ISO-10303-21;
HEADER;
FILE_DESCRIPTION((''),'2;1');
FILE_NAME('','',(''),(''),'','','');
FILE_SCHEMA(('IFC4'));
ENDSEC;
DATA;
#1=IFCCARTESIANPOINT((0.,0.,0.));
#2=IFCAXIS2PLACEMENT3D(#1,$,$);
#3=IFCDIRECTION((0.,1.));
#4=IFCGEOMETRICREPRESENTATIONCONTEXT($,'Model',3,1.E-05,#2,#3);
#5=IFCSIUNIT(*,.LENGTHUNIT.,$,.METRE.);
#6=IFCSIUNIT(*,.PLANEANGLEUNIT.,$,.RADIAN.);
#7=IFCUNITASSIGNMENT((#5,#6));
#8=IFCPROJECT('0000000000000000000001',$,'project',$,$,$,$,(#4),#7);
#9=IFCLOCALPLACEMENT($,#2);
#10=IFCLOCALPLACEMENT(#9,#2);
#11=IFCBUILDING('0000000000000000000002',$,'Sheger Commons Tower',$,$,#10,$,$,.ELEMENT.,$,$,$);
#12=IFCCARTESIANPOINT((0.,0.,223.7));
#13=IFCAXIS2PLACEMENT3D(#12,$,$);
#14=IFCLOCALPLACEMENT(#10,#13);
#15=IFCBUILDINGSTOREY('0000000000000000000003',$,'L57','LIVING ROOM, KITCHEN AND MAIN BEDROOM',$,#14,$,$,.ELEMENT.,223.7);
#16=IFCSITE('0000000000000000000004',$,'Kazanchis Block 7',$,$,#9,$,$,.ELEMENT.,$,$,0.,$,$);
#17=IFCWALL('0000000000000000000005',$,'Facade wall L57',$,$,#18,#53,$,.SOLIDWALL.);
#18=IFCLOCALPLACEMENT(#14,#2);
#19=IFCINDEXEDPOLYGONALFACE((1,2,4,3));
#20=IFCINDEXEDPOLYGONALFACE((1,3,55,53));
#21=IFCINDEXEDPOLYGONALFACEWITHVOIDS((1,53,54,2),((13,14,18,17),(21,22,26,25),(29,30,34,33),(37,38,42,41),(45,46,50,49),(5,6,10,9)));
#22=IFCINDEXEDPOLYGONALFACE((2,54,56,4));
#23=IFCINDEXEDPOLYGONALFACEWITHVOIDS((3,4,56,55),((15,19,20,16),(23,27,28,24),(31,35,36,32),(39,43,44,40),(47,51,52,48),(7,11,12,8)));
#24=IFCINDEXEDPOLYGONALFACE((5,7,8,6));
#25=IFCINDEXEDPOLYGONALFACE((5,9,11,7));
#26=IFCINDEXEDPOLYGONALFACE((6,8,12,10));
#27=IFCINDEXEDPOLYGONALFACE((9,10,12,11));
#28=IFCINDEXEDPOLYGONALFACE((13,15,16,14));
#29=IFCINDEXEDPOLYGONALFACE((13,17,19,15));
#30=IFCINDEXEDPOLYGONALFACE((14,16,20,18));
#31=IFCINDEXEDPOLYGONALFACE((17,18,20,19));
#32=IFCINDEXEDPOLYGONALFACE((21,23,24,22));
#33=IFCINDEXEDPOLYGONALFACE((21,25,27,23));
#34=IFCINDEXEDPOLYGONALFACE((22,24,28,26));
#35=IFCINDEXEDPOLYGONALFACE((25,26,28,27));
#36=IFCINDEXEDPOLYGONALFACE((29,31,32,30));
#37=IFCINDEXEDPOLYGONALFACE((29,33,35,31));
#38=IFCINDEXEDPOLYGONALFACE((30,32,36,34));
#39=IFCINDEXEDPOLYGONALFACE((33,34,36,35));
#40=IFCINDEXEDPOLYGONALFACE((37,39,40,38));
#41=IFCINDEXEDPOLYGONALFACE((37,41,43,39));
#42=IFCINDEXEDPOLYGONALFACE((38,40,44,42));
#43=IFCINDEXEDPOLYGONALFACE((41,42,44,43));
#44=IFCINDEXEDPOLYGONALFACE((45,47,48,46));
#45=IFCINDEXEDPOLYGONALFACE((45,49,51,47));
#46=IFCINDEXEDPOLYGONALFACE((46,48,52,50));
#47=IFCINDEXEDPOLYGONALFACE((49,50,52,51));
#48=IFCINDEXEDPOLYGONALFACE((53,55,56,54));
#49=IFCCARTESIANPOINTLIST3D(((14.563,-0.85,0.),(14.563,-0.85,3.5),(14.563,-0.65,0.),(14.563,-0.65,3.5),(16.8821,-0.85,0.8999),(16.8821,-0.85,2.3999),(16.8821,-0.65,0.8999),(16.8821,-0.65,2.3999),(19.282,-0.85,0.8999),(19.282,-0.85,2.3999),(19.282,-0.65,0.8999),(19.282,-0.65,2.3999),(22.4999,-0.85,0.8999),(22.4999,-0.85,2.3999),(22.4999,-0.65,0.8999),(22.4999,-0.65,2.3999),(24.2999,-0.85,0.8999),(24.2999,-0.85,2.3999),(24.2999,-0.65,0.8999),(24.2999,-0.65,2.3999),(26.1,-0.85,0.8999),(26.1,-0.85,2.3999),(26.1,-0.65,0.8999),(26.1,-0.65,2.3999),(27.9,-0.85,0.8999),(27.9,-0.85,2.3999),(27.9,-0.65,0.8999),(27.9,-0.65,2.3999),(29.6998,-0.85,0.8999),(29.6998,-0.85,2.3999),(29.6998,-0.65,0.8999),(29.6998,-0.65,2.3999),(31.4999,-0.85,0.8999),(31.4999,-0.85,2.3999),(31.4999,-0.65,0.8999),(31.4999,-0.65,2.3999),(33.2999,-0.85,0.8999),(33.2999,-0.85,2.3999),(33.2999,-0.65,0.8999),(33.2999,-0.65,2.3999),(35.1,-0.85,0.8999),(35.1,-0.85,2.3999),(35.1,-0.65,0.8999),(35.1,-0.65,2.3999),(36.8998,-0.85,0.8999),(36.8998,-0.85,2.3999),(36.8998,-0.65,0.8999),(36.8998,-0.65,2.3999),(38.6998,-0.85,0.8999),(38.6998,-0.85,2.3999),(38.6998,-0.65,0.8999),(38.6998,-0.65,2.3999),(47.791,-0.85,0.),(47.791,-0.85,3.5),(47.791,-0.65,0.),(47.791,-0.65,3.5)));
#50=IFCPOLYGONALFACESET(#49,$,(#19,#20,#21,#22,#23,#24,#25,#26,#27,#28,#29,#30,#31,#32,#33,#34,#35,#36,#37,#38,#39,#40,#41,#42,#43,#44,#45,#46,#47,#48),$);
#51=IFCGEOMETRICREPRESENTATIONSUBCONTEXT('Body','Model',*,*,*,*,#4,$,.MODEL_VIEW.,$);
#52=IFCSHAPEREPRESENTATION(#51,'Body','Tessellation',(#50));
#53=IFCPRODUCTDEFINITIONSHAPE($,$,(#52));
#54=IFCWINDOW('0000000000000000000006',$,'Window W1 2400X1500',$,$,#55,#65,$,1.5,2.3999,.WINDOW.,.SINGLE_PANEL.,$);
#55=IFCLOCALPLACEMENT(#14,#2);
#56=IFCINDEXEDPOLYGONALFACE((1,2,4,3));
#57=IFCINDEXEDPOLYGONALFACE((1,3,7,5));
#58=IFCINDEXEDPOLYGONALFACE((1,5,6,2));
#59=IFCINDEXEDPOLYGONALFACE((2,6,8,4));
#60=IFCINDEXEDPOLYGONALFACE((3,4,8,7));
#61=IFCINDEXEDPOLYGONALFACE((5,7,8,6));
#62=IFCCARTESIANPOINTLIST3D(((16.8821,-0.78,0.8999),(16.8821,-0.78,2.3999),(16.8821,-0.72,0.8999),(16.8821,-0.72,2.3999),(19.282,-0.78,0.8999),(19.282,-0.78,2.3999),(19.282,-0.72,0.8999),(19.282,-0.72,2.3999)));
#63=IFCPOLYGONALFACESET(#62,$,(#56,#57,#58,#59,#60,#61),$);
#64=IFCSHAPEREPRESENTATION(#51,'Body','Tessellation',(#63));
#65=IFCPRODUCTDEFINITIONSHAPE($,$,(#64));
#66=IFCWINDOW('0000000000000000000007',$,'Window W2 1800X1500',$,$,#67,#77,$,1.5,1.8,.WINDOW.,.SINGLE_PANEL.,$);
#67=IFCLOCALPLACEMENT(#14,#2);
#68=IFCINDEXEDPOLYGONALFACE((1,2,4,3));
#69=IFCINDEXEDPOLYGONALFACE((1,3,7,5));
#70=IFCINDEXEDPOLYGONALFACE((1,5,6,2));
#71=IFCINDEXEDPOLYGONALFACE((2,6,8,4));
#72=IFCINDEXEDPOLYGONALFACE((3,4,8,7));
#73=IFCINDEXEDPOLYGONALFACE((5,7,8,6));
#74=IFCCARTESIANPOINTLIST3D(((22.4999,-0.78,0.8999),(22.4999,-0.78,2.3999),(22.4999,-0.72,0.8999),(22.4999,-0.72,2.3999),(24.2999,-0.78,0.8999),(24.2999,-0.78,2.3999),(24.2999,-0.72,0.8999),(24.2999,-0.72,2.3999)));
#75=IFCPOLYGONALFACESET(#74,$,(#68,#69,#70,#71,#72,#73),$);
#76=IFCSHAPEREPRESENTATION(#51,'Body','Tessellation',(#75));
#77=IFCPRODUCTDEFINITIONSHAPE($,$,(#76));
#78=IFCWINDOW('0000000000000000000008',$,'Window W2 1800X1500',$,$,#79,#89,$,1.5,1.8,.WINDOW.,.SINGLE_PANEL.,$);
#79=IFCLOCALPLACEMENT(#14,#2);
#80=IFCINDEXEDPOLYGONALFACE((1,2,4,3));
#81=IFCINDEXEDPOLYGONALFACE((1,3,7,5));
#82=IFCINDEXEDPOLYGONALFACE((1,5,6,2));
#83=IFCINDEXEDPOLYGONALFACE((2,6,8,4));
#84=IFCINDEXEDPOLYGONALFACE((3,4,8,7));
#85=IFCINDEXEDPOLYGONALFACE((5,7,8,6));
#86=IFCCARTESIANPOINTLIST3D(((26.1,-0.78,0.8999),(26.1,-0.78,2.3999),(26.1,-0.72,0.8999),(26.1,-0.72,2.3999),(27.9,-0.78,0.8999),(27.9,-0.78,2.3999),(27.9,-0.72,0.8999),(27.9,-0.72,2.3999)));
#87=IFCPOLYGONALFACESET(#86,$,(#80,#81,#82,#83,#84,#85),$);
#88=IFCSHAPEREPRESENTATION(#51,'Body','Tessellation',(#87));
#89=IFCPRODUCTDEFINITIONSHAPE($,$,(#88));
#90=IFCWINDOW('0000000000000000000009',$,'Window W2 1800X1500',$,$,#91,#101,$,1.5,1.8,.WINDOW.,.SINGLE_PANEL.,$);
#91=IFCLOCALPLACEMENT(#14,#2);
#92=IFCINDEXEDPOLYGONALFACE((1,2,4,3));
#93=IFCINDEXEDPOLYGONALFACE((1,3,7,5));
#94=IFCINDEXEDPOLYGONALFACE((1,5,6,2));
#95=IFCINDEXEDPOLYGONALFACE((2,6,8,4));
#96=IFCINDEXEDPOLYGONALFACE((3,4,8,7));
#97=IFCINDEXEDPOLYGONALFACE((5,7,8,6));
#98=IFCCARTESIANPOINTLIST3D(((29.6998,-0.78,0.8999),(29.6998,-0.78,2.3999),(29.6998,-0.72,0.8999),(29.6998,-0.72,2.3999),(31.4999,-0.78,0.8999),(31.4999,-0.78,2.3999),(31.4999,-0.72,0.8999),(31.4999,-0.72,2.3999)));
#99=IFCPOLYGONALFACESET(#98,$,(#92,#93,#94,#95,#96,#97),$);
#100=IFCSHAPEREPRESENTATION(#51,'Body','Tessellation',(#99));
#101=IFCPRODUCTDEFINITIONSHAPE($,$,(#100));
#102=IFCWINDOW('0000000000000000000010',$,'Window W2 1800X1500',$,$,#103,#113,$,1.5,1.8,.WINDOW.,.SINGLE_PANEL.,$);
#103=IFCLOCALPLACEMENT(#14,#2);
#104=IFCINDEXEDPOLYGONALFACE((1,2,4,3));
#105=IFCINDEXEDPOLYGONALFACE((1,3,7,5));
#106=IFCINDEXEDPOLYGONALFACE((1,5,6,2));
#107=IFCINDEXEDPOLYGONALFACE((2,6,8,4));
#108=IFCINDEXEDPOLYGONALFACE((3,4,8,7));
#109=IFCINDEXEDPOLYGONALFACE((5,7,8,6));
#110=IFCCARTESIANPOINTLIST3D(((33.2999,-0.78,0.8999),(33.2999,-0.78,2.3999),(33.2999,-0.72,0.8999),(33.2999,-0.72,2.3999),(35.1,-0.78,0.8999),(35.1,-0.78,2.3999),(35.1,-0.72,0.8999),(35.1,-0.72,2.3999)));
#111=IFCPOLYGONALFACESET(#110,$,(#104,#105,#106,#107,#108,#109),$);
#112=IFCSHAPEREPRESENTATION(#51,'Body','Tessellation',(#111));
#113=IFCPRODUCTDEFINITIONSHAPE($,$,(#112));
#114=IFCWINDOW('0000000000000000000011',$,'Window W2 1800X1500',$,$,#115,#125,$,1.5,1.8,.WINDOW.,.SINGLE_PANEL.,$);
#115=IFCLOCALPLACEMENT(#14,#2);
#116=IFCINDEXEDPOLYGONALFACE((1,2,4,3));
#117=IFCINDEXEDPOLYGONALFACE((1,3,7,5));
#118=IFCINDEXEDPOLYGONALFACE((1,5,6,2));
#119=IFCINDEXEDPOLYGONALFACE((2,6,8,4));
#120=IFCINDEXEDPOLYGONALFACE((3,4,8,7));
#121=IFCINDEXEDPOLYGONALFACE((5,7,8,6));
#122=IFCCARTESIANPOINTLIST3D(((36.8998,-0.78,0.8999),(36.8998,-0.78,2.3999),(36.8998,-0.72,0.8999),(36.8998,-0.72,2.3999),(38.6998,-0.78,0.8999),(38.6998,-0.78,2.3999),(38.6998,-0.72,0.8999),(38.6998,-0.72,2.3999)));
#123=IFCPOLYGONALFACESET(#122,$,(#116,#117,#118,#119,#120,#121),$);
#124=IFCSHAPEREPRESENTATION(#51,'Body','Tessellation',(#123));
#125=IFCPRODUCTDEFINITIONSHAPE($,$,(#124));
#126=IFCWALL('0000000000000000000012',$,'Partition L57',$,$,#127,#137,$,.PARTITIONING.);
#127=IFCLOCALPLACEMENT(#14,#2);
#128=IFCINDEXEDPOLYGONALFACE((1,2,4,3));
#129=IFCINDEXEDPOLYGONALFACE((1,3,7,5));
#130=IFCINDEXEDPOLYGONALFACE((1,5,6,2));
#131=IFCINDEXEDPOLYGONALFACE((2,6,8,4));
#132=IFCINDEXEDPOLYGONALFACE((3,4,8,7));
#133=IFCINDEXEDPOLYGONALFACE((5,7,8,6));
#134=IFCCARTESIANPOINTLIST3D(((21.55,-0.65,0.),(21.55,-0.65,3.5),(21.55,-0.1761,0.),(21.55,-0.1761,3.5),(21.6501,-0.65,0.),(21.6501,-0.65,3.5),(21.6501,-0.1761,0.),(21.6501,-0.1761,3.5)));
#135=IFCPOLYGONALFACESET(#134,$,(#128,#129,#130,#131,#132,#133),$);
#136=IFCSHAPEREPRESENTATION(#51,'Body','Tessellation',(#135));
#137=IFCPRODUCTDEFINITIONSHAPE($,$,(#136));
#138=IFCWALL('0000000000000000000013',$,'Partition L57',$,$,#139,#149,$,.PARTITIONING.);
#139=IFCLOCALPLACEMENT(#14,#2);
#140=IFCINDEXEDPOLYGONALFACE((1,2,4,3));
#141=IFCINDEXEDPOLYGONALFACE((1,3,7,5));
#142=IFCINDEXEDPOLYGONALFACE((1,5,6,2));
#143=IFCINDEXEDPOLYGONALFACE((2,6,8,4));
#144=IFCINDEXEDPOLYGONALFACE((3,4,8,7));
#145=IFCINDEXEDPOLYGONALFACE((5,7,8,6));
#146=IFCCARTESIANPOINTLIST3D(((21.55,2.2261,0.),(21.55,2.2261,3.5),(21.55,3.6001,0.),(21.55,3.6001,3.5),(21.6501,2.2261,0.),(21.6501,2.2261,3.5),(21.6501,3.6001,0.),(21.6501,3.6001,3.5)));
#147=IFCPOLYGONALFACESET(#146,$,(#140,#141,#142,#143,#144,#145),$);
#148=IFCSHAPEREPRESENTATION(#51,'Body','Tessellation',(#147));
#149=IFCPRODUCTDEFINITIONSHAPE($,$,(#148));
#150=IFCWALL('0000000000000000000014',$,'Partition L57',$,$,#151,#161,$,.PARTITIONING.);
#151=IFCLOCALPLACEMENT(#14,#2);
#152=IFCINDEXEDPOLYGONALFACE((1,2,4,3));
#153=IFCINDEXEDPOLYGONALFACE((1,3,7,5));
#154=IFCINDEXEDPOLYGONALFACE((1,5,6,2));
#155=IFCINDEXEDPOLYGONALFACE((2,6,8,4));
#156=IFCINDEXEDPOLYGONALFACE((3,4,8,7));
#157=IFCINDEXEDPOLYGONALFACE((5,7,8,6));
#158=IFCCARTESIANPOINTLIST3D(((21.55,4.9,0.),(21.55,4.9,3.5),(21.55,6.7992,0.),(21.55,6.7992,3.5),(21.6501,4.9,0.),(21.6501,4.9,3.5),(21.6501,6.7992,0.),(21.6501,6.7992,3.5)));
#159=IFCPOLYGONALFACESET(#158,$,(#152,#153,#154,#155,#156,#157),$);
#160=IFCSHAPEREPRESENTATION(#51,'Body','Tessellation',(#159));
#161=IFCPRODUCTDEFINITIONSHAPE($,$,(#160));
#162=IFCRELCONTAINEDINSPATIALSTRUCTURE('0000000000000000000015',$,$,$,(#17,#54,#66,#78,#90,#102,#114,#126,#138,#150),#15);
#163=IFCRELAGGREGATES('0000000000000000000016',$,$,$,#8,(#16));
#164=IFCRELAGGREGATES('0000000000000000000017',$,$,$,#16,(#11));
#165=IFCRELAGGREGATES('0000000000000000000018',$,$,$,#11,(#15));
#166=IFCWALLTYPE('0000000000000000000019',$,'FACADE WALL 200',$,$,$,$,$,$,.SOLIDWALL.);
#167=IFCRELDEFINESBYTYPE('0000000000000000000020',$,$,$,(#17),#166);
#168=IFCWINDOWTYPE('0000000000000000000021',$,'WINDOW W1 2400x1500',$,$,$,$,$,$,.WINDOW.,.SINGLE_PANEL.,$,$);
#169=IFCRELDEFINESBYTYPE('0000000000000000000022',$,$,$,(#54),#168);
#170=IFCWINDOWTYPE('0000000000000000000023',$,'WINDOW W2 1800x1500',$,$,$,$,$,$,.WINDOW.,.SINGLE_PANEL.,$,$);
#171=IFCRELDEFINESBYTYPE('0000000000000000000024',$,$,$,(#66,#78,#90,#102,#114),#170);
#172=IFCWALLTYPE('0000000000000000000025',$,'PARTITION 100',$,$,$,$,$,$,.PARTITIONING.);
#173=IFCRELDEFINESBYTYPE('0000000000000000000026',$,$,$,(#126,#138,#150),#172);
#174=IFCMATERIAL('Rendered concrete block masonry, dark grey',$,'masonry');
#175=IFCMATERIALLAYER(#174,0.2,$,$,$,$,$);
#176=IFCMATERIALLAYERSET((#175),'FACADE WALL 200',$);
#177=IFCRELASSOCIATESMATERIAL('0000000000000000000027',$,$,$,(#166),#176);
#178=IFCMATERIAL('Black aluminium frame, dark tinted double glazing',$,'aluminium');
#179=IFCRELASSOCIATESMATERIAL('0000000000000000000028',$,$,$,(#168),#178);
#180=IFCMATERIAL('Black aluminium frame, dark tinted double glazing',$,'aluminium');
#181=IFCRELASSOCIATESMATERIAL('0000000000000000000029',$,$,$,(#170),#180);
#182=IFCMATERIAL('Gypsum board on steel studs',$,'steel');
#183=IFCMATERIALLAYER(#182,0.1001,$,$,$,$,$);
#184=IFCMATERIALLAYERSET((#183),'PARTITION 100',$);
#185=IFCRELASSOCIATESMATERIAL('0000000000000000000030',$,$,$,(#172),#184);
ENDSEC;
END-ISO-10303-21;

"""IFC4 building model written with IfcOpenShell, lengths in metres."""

from ifc_helpers import new_model, si_unit, direction, frame, frame_2d, origin, place, context, subcontext, project, spatial, rectangle, extrude, material, layer, layer_set, type_object, element, fill, save


model = new_model("IFC4")

# Units and contexts
model_context = context("Model", 3, precision=1e-05, world=origin(), true_north=direction((0.0, 1.0)))
body_context = subcontext(model_context, "Body", "Model", "MODEL_VIEW")
ifc_project = project(units=[si_unit("LENGTHUNIT", "METRE"), si_unit("PLANEANGLEUNIT", "RADIAN")], contexts=[model_context])

# Site, building, storey
site_placement = place(None, origin())
site = spatial("IfcSite", under=ifc_project, at=site_placement, Name="Kazanchis Block 7", CompositionType="ELEMENT", RefElevation=0.0)
building_placement = place(site_placement, origin())
building = spatial("IfcBuilding", under=site, at=building_placement, Name="Sheger Commons Tower", CompositionType="ELEMENT")
storey_placement = place(building_placement, frame((0.0, 0.0, 223.7)))
storey = spatial("IfcBuildingStorey", under=building, at=storey_placement, Name="L57", Description="LIVING ROOM, KITCHEN AND MAIN BEDROOM", CompositionType="ELEMENT", Elevation=223.7)

# Wall, openings, windows
ifc_material_1 = material(Name="Rendered concrete block masonry, dark grey", Category="masonry")
ifc_layer_1 = layer(ifc_material_1, 0.2)
ifc_layer_set_1 = layer_set([ifc_layer_1], Name="FACADE WALL 200")
wall_type_1 = type_object("IfcWallType", Name="FACADE WALL 200", PredefinedType="SOLIDWALL", material=ifc_layer_set_1)
wall_1_placement = place(storey_placement, frame((14.563, -0.75, 0.0), z_axis=(0.0, 0.0, 1.0), x_axis=(1.0, 0.0, 0.0)))
wall_1 = element("IfcWall", 1, at=wall_1_placement, inside=storey, type_object=wall_type_1, Name="Facade wall L57", PredefinedType="SOLIDWALL", context=body_context, shape_type="SweptSolid", body=[
    extrude(rectangle(XDim=33.228, YDim=0.2, at=frame_2d((16.614, 0.0))), origin(), (0.0, 0.0, 1.0), 3.5),
])
opening_1_placement = place(wall_1_placement, frame((2.3191, 0.0, 0.8999)))
opening_1 = element("IfcOpeningElement", 2, at=opening_1_placement, cuts=wall_1, PredefinedType="OPENING", context=body_context, shape_type="SweptSolid", body=[
    extrude(rectangle(XDim=2.3999, YDim=1.5, at=frame_2d((1.2, 0.75))), frame((0.0, 0.1099, 0.0), z_axis=(0.0, -1.0, 0.0), x_axis=(1.0, 0.0, 0.0)), (0.0, 0.0, 1.0), 0.22),
])
opening_2_placement = place(wall_1_placement, frame((7.937, 0.0, 0.8999)))
opening_2 = element("IfcOpeningElement", 3, at=opening_2_placement, cuts=wall_1, PredefinedType="OPENING", context=body_context, shape_type="SweptSolid", body=[
    extrude(rectangle(XDim=1.8, YDim=1.5, at=frame_2d((0.8999, 0.75))), frame((0.0, 0.1099, 0.0), z_axis=(0.0, -1.0, 0.0), x_axis=(1.0, 0.0, 0.0)), (0.0, 0.0, 1.0), 0.22),
])
opening_3_placement = place(wall_1_placement, frame((11.5371, 0.0, 0.8999)))
opening_3 = element("IfcOpeningElement", 4, at=opening_3_placement, cuts=wall_1, PredefinedType="OPENING", context=body_context, shape_type="SweptSolid", body=[
    extrude(rectangle(XDim=1.8, YDim=1.5, at=frame_2d((0.8999, 0.75))), frame((0.0, 0.1099, 0.0), z_axis=(0.0, -1.0, 0.0), x_axis=(1.0, 0.0, 0.0)), (0.0, 0.0, 1.0), 0.22),
])
opening_4_placement = place(wall_1_placement, frame((15.137, 0.0, 0.8999)))
opening_4 = element("IfcOpeningElement", 5, at=opening_4_placement, cuts=wall_1, PredefinedType="OPENING", context=body_context, shape_type="SweptSolid", body=[
    extrude(rectangle(XDim=1.8, YDim=1.5, at=frame_2d((0.8999, 0.75))), frame((0.0, 0.1099, 0.0), z_axis=(0.0, -1.0, 0.0), x_axis=(1.0, 0.0, 0.0)), (0.0, 0.0, 1.0), 0.22),
])
opening_5_placement = place(wall_1_placement, frame((18.7371, 0.0, 0.8999)))
opening_5 = element("IfcOpeningElement", 6, at=opening_5_placement, cuts=wall_1, PredefinedType="OPENING", context=body_context, shape_type="SweptSolid", body=[
    extrude(rectangle(XDim=1.8, YDim=1.5, at=frame_2d((0.8999, 0.75))), frame((0.0, 0.1099, 0.0), z_axis=(0.0, -1.0, 0.0), x_axis=(1.0, 0.0, 0.0)), (0.0, 0.0, 1.0), 0.22),
])
opening_6_placement = place(wall_1_placement, frame((22.3369, 0.0, 0.8999)))
opening_6 = element("IfcOpeningElement", 7, at=opening_6_placement, cuts=wall_1, PredefinedType="OPENING", context=body_context, shape_type="SweptSolid", body=[
    extrude(rectangle(XDim=1.8, YDim=1.5, at=frame_2d((0.8999, 0.75))), frame((0.0, 0.1099, 0.0), z_axis=(0.0, -1.0, 0.0), x_axis=(1.0, 0.0, 0.0)), (0.0, 0.0, 1.0), 0.22),
])
ifc_material_2 = material(Name="Black aluminium frame, dark tinted double glazing", Category="aluminium")
window_type_1 = type_object("IfcWindowType", Name="WINDOW W1 2400x1500", PartitioningType="SINGLE_PANEL", PredefinedType="WINDOW", material=ifc_material_2)
window_1_placement = place(opening_1_placement, origin())
window_1 = element("IfcWindow", 8, at=window_1_placement, inside=storey, type_object=window_type_1, Name="Window W1 2400X1500", OverallHeight=1.5, OverallWidth=2.3999, PartitioningType="SINGLE_PANEL", PredefinedType="WINDOW", context=body_context, shape_type="SweptSolid", body=[
    extrude(rectangle(XDim=2.3999, YDim=1.5, at=frame_2d((1.2, 0.75))), frame((0.0, 0.03, 0.0), z_axis=(0.0, -1.0, 0.0), x_axis=(1.0, 0.0, 0.0)), (0.0, 0.0, 1.0), 0.0601),
])
fill(opening_1, window_1)
ifc_material_3 = material(Name="Black aluminium frame, dark tinted double glazing", Category="aluminium")
window_type_2 = type_object("IfcWindowType", Name="WINDOW W2 1800x1500", PartitioningType="SINGLE_PANEL", PredefinedType="WINDOW", material=ifc_material_3)
window_2_placement = place(opening_2_placement, origin())
window_2 = element("IfcWindow", 9, at=window_2_placement, inside=storey, type_object=window_type_2, Name="Window W2 1800X1500", OverallHeight=1.5, OverallWidth=1.8, PartitioningType="SINGLE_PANEL", PredefinedType="WINDOW", context=body_context, shape_type="SweptSolid", body=[
    extrude(rectangle(XDim=1.8, YDim=1.5, at=frame_2d((0.8999, 0.75))), frame((0.0, 0.03, 0.0), z_axis=(0.0, -1.0, 0.0), x_axis=(1.0, 0.0, 0.0)), (0.0, 0.0, 1.0), 0.0601),
])
fill(opening_2, window_2)
window_3_placement = place(opening_3_placement, origin())
window_3 = element("IfcWindow", 10, at=window_3_placement, inside=storey, type_object=window_type_2, Name="Window W2 1800X1500", OverallHeight=1.5, OverallWidth=1.8, PartitioningType="SINGLE_PANEL", PredefinedType="WINDOW", context=body_context, shape_type="SweptSolid", body=[
    extrude(rectangle(XDim=1.8, YDim=1.5, at=frame_2d((0.8999, 0.75))), frame((0.0, 0.03, 0.0), z_axis=(0.0, -1.0, 0.0), x_axis=(1.0, 0.0, 0.0)), (0.0, 0.0, 1.0), 0.0601),
])
fill(opening_3, window_3)
window_4_placement = place(opening_4_placement, origin())
window_4 = element("IfcWindow", 11, at=window_4_placement, inside=storey, type_object=window_type_2, Name="Window W2 1800X1500", OverallHeight=1.5, OverallWidth=1.8, PartitioningType="SINGLE_PANEL", PredefinedType="WINDOW", context=body_context, shape_type="SweptSolid", body=[
    extrude(rectangle(XDim=1.8, YDim=1.5, at=frame_2d((0.8999, 0.75))), frame((0.0, 0.03, 0.0), z_axis=(0.0, -1.0, 0.0), x_axis=(1.0, 0.0, 0.0)), (0.0, 0.0, 1.0), 0.0601),
])
fill(opening_4, window_4)
window_5_placement = place(opening_5_placement, origin())
window_5 = element("IfcWindow", 12, at=window_5_placement, inside=storey, type_object=window_type_2, Name="Window W2 1800X1500", OverallHeight=1.5, OverallWidth=1.8, PartitioningType="SINGLE_PANEL", PredefinedType="WINDOW", context=body_context, shape_type="SweptSolid", body=[
    extrude(rectangle(XDim=1.8, YDim=1.5, at=frame_2d((0.8999, 0.75))), frame((0.0, 0.03, 0.0), z_axis=(0.0, -1.0, 0.0), x_axis=(1.0, 0.0, 0.0)), (0.0, 0.0, 1.0), 0.0601),
])
fill(opening_5, window_5)
window_6_placement = place(opening_6_placement, origin())
window_6 = element("IfcWindow", 13, at=window_6_placement, inside=storey, type_object=window_type_2, Name="Window W2 1800X1500", OverallHeight=1.5, OverallWidth=1.8, PartitioningType="SINGLE_PANEL", PredefinedType="WINDOW", context=body_context, shape_type="SweptSolid", body=[
    extrude(rectangle(XDim=1.8, YDim=1.5, at=frame_2d((0.8999, 0.75))), frame((0.0, 0.03, 0.0), z_axis=(0.0, -1.0, 0.0), x_axis=(1.0, 0.0, 0.0)), (0.0, 0.0, 1.0), 0.0601),
])
fill(opening_6, window_6)

# Walls
ifc_material_4 = material(Name="Gypsum board on steel studs", Category="steel")
ifc_layer_2 = layer(ifc_material_4, 0.1001)
ifc_layer_set_2 = layer_set([ifc_layer_2], Name="PARTITION 100")
wall_type_2 = type_object("IfcWallType", Name="PARTITION 100", PredefinedType="PARTITIONING", material=ifc_layer_set_2)
wall_2_placement = place(storey_placement, frame((21.6001, -0.6499, 0.0), z_axis=(0.0, 0.0, 1.0), x_axis=(0.0, 1.0, 0.0)))
element("IfcWall", 14, at=wall_2_placement, inside=storey, type_object=wall_type_2, Name="Partition L57", PredefinedType="PARTITIONING", context=body_context, shape_type="SweptSolid", body=[
    extrude(rectangle(XDim=0.4739, YDim=0.1001, at=frame_2d((0.2368, 0.0))), origin(), (0.0, 0.0, 1.0), 3.5),
])
wall_3_placement = place(storey_placement, frame((21.6001, 2.2261, 0.0), z_axis=(0.0, 0.0, 1.0), x_axis=(0.0, 1.0, 0.0)))
element("IfcWall", 15, at=wall_3_placement, inside=storey, type_object=wall_type_2, Name="Partition L57", PredefinedType="PARTITIONING", context=body_context, shape_type="SweptSolid", body=[
    extrude(rectangle(XDim=1.374, YDim=0.1001, at=frame_2d((0.687, 0.0))), origin(), (0.0, 0.0, 1.0), 3.5),
])
wall_4_placement = place(storey_placement, frame((21.6001, 4.8999, 0.0), z_axis=(0.0, 0.0, 1.0), x_axis=(0.0, 1.0, 0.0)))
element("IfcWall", 16, at=wall_4_placement, inside=storey, type_object=wall_type_2, Name="Partition L57", PredefinedType="PARTITIONING", context=body_context, shape_type="SweptSolid", body=[
    extrude(rectangle(XDim=1.8992, YDim=0.1001, at=frame_2d((0.9497, 0.0))), origin(), (0.0, 0.0, 1.0), 3.5),
])

save(model, "model.ifc")
